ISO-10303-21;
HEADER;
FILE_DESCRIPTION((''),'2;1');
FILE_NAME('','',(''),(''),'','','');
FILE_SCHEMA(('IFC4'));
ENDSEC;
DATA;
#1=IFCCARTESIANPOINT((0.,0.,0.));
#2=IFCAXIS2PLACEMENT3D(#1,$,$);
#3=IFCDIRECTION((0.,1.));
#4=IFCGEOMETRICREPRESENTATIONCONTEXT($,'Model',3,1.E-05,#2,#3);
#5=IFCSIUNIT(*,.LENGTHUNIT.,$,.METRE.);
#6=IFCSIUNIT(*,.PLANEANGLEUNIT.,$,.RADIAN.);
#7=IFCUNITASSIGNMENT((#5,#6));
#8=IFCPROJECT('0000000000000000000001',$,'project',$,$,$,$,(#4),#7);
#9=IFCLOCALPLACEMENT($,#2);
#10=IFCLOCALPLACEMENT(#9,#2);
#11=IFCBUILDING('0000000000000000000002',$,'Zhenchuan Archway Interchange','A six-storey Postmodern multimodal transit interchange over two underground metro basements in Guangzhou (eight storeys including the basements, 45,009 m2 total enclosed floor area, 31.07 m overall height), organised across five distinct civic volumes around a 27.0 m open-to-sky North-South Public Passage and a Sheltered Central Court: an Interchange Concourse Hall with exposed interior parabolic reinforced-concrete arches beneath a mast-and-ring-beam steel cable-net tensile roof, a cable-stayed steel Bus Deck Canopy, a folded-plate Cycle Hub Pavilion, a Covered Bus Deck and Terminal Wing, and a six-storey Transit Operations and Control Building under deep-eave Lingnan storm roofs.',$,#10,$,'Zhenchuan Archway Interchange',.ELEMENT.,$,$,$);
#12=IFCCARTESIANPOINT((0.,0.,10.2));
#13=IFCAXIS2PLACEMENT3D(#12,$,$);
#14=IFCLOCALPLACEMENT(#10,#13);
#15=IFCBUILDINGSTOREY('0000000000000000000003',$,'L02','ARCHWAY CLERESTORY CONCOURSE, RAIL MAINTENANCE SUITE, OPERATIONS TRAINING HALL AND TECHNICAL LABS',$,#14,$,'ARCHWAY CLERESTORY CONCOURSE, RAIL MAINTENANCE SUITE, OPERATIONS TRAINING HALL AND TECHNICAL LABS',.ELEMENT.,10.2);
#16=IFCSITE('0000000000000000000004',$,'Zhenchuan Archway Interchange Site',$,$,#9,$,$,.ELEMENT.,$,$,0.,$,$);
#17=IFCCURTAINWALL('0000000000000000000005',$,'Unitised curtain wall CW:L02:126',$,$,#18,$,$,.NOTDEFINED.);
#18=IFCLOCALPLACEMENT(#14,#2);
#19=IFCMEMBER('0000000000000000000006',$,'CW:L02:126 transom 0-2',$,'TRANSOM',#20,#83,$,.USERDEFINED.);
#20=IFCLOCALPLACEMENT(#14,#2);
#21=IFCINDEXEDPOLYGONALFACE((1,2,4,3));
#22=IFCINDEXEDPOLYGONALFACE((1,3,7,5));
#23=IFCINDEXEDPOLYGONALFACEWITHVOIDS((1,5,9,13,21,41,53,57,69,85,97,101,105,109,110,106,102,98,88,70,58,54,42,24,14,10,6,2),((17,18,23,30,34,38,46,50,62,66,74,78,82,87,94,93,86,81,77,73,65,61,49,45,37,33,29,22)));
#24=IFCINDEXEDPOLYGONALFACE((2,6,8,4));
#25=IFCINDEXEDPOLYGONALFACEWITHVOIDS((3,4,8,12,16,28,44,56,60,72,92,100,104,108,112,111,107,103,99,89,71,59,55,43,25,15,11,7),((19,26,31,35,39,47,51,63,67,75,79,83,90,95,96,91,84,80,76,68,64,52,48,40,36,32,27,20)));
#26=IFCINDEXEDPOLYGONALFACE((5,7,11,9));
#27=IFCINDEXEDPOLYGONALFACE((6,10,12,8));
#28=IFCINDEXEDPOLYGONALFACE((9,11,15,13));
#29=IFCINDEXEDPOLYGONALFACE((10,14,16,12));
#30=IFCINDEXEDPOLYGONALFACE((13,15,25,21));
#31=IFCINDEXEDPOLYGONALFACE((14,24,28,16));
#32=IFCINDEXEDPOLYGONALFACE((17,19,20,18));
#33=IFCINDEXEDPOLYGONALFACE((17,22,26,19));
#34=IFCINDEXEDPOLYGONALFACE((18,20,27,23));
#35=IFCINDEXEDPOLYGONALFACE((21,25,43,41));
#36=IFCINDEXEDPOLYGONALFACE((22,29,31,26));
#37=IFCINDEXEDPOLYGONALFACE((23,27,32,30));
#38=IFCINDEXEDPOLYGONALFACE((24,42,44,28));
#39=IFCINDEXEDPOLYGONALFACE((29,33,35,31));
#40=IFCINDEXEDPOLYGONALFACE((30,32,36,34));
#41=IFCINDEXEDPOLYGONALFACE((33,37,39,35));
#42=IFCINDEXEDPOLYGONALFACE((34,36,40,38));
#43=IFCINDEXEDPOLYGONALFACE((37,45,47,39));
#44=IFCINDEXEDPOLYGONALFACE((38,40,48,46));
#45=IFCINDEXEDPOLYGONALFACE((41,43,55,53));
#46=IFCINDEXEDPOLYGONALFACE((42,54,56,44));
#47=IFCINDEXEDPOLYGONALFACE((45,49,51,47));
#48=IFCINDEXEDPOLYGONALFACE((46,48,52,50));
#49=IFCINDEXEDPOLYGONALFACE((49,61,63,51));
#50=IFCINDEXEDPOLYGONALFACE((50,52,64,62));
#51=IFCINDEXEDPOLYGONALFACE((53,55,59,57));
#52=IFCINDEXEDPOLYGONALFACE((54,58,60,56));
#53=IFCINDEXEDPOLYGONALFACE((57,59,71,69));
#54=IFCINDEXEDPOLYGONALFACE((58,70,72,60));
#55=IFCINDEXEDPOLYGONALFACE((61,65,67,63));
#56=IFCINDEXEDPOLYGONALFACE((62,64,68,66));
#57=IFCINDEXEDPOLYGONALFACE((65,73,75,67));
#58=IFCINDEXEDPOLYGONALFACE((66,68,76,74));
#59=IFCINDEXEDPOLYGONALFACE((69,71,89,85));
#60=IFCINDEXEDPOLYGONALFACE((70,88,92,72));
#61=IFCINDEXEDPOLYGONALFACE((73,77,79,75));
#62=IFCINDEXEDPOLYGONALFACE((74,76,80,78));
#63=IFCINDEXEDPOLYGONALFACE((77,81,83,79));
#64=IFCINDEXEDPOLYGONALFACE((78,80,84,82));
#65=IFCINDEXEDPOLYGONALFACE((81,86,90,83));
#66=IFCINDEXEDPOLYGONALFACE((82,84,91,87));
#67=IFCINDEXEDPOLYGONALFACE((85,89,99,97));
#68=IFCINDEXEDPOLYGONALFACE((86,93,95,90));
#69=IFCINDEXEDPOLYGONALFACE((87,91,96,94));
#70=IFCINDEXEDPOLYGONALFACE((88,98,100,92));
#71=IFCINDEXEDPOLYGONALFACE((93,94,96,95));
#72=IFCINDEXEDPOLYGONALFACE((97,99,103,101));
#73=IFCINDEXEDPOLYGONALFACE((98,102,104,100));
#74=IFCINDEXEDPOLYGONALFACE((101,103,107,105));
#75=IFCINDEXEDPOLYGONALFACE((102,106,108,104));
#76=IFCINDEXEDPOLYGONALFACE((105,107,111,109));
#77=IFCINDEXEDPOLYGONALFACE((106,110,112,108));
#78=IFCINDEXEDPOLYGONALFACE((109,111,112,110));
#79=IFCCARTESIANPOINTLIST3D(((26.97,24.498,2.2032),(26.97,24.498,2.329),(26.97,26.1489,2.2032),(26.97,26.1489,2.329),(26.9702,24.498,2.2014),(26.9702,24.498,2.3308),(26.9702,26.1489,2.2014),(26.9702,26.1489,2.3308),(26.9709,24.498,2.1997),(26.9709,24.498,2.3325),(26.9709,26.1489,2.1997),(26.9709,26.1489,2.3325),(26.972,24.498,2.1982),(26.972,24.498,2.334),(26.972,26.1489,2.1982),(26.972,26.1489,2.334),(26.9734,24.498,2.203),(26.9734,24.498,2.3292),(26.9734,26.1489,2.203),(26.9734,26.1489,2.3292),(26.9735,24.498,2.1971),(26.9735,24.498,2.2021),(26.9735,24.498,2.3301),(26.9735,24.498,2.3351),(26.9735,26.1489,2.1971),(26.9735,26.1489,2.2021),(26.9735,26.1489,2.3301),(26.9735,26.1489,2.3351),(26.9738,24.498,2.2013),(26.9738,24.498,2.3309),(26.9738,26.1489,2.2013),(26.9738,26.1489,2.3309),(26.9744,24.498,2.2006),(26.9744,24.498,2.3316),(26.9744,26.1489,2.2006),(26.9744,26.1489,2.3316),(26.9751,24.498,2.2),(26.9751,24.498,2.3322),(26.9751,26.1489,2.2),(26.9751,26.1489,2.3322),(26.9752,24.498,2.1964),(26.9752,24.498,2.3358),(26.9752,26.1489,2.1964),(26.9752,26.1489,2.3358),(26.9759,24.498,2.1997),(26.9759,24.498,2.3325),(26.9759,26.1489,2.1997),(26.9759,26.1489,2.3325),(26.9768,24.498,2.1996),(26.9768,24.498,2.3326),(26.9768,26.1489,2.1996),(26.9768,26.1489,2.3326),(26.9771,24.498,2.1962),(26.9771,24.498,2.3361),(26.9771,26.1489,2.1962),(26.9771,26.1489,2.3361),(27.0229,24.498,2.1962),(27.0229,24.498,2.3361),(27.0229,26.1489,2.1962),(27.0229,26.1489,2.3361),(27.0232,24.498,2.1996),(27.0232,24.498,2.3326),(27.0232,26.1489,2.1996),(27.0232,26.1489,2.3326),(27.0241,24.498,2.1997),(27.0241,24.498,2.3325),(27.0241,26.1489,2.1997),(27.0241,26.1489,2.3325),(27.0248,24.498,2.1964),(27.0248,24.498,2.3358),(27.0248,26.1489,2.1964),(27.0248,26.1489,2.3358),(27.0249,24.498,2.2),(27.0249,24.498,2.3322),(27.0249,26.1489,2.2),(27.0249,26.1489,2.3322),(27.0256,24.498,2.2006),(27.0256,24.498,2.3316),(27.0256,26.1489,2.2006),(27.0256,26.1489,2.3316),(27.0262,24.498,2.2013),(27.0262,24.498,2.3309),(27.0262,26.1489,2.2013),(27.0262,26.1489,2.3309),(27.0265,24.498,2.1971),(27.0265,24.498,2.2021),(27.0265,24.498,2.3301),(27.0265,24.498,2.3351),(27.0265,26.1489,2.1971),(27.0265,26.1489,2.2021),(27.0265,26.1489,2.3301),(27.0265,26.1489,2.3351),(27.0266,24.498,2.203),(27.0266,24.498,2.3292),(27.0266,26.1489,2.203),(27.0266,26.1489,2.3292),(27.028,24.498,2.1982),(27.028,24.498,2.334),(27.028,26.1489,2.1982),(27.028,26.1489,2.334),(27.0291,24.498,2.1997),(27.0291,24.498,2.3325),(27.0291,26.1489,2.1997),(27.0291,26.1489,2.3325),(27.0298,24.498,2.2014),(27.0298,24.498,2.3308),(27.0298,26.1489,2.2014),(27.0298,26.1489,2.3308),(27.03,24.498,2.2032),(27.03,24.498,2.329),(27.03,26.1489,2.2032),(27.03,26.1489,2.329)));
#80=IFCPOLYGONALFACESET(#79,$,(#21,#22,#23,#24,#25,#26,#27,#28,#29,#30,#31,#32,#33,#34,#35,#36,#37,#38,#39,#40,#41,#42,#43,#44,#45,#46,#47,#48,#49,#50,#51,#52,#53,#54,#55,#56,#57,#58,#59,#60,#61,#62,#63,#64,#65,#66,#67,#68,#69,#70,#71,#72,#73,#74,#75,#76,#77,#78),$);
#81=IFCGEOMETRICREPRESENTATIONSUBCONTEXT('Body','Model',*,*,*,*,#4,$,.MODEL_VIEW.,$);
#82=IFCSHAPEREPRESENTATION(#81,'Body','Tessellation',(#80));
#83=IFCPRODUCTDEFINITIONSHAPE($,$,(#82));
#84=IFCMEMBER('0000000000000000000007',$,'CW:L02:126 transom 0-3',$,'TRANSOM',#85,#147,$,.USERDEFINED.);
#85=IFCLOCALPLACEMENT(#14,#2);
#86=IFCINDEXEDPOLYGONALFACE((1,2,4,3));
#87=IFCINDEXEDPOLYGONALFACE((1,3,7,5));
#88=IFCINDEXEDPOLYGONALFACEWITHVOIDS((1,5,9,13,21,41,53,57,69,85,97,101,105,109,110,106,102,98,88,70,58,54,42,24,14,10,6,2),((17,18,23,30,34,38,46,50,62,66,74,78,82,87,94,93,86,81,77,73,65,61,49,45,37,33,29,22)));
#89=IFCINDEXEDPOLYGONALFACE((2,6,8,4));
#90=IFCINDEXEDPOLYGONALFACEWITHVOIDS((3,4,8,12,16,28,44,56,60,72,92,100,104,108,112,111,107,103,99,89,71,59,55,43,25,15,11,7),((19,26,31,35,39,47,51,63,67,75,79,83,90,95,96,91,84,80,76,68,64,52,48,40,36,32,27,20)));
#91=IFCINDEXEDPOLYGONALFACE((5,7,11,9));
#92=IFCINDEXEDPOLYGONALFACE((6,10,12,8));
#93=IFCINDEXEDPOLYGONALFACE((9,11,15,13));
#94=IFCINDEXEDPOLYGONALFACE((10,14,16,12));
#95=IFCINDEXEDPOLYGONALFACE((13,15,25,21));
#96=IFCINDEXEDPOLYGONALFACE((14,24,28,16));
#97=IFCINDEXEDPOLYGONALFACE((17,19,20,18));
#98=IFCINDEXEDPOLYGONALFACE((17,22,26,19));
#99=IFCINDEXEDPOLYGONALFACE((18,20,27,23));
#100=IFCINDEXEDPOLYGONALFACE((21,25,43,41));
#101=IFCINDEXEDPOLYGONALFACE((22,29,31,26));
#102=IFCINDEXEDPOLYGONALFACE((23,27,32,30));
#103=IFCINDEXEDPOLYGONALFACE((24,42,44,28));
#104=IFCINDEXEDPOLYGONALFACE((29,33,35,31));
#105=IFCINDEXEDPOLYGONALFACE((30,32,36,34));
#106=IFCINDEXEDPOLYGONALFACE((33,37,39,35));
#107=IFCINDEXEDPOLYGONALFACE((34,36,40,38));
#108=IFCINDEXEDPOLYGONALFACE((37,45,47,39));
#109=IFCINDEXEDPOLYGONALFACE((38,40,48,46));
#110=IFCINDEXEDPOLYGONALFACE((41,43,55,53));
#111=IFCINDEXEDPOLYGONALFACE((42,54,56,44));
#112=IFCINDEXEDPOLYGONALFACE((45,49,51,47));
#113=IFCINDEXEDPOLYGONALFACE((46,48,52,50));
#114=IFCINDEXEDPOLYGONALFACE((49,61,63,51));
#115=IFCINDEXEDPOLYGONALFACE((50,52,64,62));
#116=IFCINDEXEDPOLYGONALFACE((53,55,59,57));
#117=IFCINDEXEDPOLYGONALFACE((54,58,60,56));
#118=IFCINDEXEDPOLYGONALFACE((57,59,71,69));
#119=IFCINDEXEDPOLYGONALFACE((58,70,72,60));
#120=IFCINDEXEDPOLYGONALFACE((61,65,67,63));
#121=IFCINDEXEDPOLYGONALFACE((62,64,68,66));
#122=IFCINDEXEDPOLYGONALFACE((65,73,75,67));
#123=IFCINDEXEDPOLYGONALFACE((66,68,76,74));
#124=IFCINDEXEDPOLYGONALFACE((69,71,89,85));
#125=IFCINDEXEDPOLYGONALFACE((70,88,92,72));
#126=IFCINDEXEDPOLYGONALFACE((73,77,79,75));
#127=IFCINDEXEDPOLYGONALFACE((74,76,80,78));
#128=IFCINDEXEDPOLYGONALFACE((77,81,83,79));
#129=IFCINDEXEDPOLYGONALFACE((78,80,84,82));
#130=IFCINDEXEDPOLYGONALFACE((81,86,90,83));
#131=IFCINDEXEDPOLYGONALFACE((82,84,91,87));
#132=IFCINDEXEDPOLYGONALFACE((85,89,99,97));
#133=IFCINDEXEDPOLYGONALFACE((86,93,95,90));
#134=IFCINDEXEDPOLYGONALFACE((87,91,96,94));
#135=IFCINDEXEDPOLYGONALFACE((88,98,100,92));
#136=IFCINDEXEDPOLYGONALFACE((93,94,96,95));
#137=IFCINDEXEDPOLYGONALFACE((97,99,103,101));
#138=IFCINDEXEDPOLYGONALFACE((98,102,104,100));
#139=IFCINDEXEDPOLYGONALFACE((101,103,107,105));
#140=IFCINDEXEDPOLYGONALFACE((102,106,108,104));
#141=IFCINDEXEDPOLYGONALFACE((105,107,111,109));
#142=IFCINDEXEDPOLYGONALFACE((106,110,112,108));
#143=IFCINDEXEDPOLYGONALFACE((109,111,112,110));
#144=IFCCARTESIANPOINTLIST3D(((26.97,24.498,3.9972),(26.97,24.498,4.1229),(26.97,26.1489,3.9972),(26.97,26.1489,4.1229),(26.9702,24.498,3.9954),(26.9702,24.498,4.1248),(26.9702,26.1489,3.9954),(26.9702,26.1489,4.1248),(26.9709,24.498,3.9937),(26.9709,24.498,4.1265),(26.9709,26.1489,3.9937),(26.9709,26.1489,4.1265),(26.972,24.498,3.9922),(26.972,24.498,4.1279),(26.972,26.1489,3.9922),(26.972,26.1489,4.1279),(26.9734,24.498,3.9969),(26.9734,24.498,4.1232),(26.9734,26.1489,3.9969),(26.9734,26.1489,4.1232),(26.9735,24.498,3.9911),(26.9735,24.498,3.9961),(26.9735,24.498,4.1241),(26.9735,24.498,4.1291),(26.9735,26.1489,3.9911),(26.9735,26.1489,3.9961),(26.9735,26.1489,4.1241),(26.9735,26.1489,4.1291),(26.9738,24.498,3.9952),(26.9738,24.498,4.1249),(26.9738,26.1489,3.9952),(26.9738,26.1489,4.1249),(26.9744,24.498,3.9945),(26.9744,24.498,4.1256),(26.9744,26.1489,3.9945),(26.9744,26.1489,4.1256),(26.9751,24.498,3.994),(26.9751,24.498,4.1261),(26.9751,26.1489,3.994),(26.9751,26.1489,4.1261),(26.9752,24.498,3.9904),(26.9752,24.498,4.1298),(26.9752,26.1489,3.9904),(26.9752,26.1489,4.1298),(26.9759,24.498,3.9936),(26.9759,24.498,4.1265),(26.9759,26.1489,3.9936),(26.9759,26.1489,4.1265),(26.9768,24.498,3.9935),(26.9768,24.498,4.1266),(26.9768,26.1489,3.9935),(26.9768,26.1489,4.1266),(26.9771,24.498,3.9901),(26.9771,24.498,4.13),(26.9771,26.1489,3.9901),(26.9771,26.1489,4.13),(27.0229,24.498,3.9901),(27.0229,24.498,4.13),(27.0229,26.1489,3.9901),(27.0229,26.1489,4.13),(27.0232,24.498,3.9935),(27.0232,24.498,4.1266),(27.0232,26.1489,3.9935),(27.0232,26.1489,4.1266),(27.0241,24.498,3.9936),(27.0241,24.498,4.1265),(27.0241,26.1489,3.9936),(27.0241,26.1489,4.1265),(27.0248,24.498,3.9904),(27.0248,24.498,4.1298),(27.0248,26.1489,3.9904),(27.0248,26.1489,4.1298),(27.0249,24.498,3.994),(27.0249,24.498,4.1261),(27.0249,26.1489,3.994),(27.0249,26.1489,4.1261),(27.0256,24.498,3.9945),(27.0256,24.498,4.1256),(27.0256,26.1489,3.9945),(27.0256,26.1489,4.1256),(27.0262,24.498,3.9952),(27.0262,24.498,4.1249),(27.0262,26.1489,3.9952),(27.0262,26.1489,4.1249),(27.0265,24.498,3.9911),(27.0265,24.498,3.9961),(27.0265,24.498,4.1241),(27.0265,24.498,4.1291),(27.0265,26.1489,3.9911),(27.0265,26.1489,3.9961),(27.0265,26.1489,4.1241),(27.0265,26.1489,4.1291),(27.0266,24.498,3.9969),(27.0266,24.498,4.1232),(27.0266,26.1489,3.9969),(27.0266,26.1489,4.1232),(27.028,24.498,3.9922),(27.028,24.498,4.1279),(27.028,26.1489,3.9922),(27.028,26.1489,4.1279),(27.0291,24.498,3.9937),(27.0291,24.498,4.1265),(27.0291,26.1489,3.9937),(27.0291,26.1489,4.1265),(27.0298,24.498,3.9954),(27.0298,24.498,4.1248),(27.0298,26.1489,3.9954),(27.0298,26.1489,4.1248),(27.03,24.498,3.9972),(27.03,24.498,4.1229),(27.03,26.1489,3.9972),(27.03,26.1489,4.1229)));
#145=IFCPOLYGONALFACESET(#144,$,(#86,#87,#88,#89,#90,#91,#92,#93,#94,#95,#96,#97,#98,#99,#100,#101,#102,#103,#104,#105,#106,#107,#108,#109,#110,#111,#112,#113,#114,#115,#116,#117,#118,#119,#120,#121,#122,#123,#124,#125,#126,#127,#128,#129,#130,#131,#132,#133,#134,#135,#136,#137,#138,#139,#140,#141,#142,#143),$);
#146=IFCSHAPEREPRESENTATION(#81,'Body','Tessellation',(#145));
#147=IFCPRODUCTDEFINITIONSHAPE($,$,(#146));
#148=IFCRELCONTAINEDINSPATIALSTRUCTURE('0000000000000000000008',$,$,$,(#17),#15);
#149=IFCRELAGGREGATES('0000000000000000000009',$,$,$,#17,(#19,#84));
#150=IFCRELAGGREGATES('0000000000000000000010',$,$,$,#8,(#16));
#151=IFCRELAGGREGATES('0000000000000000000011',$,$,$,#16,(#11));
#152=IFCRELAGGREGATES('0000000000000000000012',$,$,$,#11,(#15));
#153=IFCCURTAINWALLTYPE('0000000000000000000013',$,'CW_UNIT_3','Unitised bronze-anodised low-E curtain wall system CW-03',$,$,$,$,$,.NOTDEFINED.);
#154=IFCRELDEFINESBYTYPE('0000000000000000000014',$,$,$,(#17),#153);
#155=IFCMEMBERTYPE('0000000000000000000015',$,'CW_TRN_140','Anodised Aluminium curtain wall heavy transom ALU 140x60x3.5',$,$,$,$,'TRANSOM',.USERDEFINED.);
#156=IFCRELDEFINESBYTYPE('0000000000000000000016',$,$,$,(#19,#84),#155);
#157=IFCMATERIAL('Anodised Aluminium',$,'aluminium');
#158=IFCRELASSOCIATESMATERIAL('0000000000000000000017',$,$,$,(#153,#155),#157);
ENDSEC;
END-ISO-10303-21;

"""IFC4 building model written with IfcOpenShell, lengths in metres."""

from ifc_helpers import new_model, si_unit, direction, frame, origin, origin_2d, place, context, subcontext, project, spatial, hollow_rectangle, extrude, material, material_profile, profile_set, type_object, element, aggregate, save


model = new_model("IFC4")

# Units and contexts
model_context = context("Model", 3, precision=1e-05, world=origin(), true_north=direction((0.0, 1.0)))
body_context = subcontext(model_context, "Body", "Model", "MODEL_VIEW")
ifc_project = project(units=[si_unit("LENGTHUNIT", "METRE"), si_unit("PLANEANGLEUNIT", "RADIAN")], contexts=[model_context])

# Site, building, storey
site_placement = place(None, origin())
site = spatial("IfcSite", under=ifc_project, at=site_placement, Name="Zhenchuan Archway Interchange Site", CompositionType="ELEMENT", RefElevation=0.0)
building_placement = place(site_placement, origin())
building = spatial("IfcBuilding", under=site, at=building_placement, Name="Zhenchuan Archway Interchange", Description="A six-storey Postmodern multimodal transit interchange over two underground metro basements in Guangzhou (eight storeys including the basements, 45,009 m2 total enclosed floor area, 31.07 m overall height), organised across five distinct civic volumes around a 27.0 m open-to-sky North-South Public Passage and a Sheltered Central Court: an Interchange Concourse Hall with exposed interior parabolic reinforced-concrete arches beneath a mast-and-ring-beam steel cable-net tensile roof, a cable-stayed steel Bus Deck Canopy, a folded-plate Cycle Hub Pavilion, a Covered Bus Deck and Terminal Wing, and a six-storey Transit Operations and Control Building under deep-eave Lingnan storm roofs.", LongName="Zhenchuan Archway Interchange", CompositionType="ELEMENT")
storey_placement = place(building_placement, frame((0.0, 0.0, 10.2)))
storey = spatial("IfcBuildingStorey", under=building, at=storey_placement, Name="L02", Description="ARCHWAY CLERESTORY CONCOURSE, RAIL MAINTENANCE SUITE, OPERATIONS TRAINING HALL AND TECHNICAL LABS", LongName="ARCHWAY CLERESTORY CONCOURSE, RAIL MAINTENANCE SUITE, OPERATIONS TRAINING HALL AND TECHNICAL LABS", CompositionType="ELEMENT", Elevation=10.2)

# Curtain wall, members
ifc_material_1 = material(Name="Anodised Aluminium", Category="aluminium")
curtain_wall_type = type_object("IfcCurtainWallType", Name="CW_UNIT_3", Description="Unitised bronze-anodised low-E curtain wall system CW-03", PredefinedType="NOTDEFINED", material=ifc_material_1)
curtain_wall_placement = place(storey_placement, origin())
curtain_wall = element("IfcCurtainWall", 1, at=curtain_wall_placement, inside=storey, type_object=curtain_wall_type, Name="Unitised curtain wall CW:L02:126", PredefinedType="NOTDEFINED")
ifc_material_profile_1 = material_profile(ifc_material_1, hollow_rectangle(XDim=0.0601, YDim=0.1399, WallThickness=0.0034, InnerFilletRadius=0.0034, OuterFilletRadius=0.0071, at=origin_2d()), Name="ALU 140x60x3.5")
ifc_profile_set_1 = profile_set([ifc_material_profile_1], Name="Anodised Aluminium")
member_type_1 = type_object("IfcMemberType", Name="CW_TRN_140", Description="Anodised Aluminium curtain wall heavy transom ALU 140x60x3.5", ElementType="TRANSOM", PredefinedType="USERDEFINED", material=ifc_profile_set_1)
member_1_placement = place(storey_placement, frame((27.0, 24.498, 2.2661), z_axis=(0.0, 1.0, 0.0), x_axis=(-1.0, 0.0, 0.0)))
member_1 = element("IfcMember", 2, at=member_1_placement, type_object=member_type_1, Name="CW:L02:126 transom 0-2", ObjectType="TRANSOM", PredefinedType="USERDEFINED", context=body_context, shape_type="SweptSolid", body=[
    extrude(hollow_rectangle(XDim=0.0601, YDim=0.1399, WallThickness=0.0034, InnerFilletRadius=0.0034, OuterFilletRadius=0.0071, at=origin_2d()), origin(), (0.0, 0.0, 1.0), 1.6509),
])
member_2_placement = place(storey_placement, frame((27.0, 24.498, 4.0601), z_axis=(0.0, 1.0, 0.0), x_axis=(-1.0, 0.0, 0.0)))
member_2 = element("IfcMember", 3, at=member_2_placement, type_object=member_type_1, Name="CW:L02:126 transom 0-3", ObjectType="TRANSOM", PredefinedType="USERDEFINED", context=body_context, shape_type="SweptSolid", body=[
    extrude(hollow_rectangle(XDim=0.0601, YDim=0.1399, WallThickness=0.0034, InnerFilletRadius=0.0034, OuterFilletRadius=0.0071, at=origin_2d()), origin(), (0.0, 0.0, 1.0), 1.6509),
])

aggregate(curtain_wall, [member_1, member_2])

save(model, "model.ifc")
